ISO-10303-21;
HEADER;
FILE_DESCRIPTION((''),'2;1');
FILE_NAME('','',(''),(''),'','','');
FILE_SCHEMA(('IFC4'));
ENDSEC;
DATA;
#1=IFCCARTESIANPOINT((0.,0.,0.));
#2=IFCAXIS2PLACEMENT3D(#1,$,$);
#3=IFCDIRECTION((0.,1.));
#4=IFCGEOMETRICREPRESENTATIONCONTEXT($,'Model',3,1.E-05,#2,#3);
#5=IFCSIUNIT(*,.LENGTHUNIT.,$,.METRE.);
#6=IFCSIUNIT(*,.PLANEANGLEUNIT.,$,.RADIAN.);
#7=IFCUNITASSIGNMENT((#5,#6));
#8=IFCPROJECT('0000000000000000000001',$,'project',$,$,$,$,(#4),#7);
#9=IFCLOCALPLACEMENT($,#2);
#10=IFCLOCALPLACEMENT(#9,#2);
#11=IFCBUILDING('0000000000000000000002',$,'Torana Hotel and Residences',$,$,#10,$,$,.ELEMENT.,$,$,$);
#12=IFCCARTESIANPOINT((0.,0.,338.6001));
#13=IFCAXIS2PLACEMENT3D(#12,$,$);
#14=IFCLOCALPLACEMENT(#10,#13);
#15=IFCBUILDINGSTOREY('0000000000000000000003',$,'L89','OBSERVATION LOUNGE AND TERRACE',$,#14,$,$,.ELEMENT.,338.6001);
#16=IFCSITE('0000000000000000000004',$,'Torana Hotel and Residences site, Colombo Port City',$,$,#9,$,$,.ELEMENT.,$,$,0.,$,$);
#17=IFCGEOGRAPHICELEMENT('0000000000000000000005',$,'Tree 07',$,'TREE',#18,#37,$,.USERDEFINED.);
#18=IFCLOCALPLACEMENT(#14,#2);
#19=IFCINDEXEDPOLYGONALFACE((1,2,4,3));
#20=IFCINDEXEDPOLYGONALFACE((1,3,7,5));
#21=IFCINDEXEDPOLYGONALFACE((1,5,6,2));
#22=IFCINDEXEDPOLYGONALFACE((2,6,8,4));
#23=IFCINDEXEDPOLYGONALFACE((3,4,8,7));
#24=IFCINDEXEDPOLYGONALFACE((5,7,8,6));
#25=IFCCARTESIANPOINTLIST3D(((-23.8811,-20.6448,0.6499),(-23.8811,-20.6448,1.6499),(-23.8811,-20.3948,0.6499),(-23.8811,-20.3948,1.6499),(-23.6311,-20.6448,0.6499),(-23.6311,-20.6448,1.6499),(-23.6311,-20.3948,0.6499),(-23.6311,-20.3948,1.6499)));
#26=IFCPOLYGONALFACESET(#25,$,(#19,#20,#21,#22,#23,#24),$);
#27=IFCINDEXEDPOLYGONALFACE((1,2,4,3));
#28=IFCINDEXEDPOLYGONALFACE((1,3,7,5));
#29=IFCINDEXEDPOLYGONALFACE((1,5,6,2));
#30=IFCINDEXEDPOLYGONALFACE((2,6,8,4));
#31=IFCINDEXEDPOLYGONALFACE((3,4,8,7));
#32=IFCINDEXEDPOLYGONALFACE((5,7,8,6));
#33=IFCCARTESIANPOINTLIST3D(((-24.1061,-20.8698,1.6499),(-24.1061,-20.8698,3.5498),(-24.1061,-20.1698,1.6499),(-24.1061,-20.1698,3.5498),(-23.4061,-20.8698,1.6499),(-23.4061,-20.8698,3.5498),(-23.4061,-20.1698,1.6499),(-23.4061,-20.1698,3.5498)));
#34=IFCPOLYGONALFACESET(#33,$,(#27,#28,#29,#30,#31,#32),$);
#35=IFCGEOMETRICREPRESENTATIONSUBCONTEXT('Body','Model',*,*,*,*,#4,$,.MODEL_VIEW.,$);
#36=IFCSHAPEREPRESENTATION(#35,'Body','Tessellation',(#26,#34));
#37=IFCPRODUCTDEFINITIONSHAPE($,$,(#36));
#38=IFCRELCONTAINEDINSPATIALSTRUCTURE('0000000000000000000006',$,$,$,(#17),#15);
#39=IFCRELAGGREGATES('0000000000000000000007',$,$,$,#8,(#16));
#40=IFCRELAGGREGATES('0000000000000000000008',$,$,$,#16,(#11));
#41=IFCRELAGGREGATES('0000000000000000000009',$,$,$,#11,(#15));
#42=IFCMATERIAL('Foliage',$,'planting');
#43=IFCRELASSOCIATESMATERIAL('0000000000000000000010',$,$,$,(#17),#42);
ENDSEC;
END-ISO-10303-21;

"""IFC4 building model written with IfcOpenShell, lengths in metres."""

from ifc_helpers import new_model, si_unit, direction, frame, origin, origin_2d, place, context, subcontext, project, spatial, rectangle, extrude, material, element, save


model = new_model("IFC4")

# Units and contexts
model_context = context("Model", 3, precision=1e-05, world=origin(), true_north=direction((0.0, 1.0)))
body_context = subcontext(model_context, "Body", "Model", "MODEL_VIEW")
ifc_project = project(units=[si_unit("LENGTHUNIT", "METRE"), si_unit("PLANEANGLEUNIT", "RADIAN")], contexts=[model_context])

# Site, building, storey
site_placement = place(None, origin())
site = spatial("IfcSite", under=ifc_project, at=site_placement, Name="Torana Hotel and Residences site, Colombo Port City", CompositionType="ELEMENT", RefElevation=0.0)
building_placement = place(site_placement, origin())
building = spatial("IfcBuilding", under=site, at=building_placement, Name="Torana Hotel and Residences", CompositionType="ELEMENT")
storey_placement = place(building_placement, frame((0.0, 0.0, 338.6001)))
storey = spatial("IfcBuildingStorey", under=building, at=storey_placement, Name="L89", Description="OBSERVATION LOUNGE AND TERRACE", CompositionType="ELEMENT", Elevation=338.6001)

# Geographic element
ifc_material_1 = material(Name="Foliage", Category="planting")
geographic_element_placement = place(storey_placement, frame((-23.7561, -20.5198, 0.6499), z_axis=(0.0, 0.0, 1.0), x_axis=(1.0, 0.0, 0.0)))
element("IfcGeographicElement", 1, at=geographic_element_placement, inside=storey, material=ifc_material_1, Name="Tree 07", ObjectType="TREE", PredefinedType="USERDEFINED", context=body_context, shape_type="SweptSolid", body=[
    extrude(rectangle(XDim=0.25, YDim=0.25, at=origin_2d()), origin(), (0.0, 0.0, 1.0), 1.0),
    extrude(rectangle(XDim=0.7, YDim=0.7, at=origin_2d()), frame((0.0, 0.0, 1.0)), (0.0, 0.0, 1.0), 1.8999),
])

save(model, "model.ifc")
